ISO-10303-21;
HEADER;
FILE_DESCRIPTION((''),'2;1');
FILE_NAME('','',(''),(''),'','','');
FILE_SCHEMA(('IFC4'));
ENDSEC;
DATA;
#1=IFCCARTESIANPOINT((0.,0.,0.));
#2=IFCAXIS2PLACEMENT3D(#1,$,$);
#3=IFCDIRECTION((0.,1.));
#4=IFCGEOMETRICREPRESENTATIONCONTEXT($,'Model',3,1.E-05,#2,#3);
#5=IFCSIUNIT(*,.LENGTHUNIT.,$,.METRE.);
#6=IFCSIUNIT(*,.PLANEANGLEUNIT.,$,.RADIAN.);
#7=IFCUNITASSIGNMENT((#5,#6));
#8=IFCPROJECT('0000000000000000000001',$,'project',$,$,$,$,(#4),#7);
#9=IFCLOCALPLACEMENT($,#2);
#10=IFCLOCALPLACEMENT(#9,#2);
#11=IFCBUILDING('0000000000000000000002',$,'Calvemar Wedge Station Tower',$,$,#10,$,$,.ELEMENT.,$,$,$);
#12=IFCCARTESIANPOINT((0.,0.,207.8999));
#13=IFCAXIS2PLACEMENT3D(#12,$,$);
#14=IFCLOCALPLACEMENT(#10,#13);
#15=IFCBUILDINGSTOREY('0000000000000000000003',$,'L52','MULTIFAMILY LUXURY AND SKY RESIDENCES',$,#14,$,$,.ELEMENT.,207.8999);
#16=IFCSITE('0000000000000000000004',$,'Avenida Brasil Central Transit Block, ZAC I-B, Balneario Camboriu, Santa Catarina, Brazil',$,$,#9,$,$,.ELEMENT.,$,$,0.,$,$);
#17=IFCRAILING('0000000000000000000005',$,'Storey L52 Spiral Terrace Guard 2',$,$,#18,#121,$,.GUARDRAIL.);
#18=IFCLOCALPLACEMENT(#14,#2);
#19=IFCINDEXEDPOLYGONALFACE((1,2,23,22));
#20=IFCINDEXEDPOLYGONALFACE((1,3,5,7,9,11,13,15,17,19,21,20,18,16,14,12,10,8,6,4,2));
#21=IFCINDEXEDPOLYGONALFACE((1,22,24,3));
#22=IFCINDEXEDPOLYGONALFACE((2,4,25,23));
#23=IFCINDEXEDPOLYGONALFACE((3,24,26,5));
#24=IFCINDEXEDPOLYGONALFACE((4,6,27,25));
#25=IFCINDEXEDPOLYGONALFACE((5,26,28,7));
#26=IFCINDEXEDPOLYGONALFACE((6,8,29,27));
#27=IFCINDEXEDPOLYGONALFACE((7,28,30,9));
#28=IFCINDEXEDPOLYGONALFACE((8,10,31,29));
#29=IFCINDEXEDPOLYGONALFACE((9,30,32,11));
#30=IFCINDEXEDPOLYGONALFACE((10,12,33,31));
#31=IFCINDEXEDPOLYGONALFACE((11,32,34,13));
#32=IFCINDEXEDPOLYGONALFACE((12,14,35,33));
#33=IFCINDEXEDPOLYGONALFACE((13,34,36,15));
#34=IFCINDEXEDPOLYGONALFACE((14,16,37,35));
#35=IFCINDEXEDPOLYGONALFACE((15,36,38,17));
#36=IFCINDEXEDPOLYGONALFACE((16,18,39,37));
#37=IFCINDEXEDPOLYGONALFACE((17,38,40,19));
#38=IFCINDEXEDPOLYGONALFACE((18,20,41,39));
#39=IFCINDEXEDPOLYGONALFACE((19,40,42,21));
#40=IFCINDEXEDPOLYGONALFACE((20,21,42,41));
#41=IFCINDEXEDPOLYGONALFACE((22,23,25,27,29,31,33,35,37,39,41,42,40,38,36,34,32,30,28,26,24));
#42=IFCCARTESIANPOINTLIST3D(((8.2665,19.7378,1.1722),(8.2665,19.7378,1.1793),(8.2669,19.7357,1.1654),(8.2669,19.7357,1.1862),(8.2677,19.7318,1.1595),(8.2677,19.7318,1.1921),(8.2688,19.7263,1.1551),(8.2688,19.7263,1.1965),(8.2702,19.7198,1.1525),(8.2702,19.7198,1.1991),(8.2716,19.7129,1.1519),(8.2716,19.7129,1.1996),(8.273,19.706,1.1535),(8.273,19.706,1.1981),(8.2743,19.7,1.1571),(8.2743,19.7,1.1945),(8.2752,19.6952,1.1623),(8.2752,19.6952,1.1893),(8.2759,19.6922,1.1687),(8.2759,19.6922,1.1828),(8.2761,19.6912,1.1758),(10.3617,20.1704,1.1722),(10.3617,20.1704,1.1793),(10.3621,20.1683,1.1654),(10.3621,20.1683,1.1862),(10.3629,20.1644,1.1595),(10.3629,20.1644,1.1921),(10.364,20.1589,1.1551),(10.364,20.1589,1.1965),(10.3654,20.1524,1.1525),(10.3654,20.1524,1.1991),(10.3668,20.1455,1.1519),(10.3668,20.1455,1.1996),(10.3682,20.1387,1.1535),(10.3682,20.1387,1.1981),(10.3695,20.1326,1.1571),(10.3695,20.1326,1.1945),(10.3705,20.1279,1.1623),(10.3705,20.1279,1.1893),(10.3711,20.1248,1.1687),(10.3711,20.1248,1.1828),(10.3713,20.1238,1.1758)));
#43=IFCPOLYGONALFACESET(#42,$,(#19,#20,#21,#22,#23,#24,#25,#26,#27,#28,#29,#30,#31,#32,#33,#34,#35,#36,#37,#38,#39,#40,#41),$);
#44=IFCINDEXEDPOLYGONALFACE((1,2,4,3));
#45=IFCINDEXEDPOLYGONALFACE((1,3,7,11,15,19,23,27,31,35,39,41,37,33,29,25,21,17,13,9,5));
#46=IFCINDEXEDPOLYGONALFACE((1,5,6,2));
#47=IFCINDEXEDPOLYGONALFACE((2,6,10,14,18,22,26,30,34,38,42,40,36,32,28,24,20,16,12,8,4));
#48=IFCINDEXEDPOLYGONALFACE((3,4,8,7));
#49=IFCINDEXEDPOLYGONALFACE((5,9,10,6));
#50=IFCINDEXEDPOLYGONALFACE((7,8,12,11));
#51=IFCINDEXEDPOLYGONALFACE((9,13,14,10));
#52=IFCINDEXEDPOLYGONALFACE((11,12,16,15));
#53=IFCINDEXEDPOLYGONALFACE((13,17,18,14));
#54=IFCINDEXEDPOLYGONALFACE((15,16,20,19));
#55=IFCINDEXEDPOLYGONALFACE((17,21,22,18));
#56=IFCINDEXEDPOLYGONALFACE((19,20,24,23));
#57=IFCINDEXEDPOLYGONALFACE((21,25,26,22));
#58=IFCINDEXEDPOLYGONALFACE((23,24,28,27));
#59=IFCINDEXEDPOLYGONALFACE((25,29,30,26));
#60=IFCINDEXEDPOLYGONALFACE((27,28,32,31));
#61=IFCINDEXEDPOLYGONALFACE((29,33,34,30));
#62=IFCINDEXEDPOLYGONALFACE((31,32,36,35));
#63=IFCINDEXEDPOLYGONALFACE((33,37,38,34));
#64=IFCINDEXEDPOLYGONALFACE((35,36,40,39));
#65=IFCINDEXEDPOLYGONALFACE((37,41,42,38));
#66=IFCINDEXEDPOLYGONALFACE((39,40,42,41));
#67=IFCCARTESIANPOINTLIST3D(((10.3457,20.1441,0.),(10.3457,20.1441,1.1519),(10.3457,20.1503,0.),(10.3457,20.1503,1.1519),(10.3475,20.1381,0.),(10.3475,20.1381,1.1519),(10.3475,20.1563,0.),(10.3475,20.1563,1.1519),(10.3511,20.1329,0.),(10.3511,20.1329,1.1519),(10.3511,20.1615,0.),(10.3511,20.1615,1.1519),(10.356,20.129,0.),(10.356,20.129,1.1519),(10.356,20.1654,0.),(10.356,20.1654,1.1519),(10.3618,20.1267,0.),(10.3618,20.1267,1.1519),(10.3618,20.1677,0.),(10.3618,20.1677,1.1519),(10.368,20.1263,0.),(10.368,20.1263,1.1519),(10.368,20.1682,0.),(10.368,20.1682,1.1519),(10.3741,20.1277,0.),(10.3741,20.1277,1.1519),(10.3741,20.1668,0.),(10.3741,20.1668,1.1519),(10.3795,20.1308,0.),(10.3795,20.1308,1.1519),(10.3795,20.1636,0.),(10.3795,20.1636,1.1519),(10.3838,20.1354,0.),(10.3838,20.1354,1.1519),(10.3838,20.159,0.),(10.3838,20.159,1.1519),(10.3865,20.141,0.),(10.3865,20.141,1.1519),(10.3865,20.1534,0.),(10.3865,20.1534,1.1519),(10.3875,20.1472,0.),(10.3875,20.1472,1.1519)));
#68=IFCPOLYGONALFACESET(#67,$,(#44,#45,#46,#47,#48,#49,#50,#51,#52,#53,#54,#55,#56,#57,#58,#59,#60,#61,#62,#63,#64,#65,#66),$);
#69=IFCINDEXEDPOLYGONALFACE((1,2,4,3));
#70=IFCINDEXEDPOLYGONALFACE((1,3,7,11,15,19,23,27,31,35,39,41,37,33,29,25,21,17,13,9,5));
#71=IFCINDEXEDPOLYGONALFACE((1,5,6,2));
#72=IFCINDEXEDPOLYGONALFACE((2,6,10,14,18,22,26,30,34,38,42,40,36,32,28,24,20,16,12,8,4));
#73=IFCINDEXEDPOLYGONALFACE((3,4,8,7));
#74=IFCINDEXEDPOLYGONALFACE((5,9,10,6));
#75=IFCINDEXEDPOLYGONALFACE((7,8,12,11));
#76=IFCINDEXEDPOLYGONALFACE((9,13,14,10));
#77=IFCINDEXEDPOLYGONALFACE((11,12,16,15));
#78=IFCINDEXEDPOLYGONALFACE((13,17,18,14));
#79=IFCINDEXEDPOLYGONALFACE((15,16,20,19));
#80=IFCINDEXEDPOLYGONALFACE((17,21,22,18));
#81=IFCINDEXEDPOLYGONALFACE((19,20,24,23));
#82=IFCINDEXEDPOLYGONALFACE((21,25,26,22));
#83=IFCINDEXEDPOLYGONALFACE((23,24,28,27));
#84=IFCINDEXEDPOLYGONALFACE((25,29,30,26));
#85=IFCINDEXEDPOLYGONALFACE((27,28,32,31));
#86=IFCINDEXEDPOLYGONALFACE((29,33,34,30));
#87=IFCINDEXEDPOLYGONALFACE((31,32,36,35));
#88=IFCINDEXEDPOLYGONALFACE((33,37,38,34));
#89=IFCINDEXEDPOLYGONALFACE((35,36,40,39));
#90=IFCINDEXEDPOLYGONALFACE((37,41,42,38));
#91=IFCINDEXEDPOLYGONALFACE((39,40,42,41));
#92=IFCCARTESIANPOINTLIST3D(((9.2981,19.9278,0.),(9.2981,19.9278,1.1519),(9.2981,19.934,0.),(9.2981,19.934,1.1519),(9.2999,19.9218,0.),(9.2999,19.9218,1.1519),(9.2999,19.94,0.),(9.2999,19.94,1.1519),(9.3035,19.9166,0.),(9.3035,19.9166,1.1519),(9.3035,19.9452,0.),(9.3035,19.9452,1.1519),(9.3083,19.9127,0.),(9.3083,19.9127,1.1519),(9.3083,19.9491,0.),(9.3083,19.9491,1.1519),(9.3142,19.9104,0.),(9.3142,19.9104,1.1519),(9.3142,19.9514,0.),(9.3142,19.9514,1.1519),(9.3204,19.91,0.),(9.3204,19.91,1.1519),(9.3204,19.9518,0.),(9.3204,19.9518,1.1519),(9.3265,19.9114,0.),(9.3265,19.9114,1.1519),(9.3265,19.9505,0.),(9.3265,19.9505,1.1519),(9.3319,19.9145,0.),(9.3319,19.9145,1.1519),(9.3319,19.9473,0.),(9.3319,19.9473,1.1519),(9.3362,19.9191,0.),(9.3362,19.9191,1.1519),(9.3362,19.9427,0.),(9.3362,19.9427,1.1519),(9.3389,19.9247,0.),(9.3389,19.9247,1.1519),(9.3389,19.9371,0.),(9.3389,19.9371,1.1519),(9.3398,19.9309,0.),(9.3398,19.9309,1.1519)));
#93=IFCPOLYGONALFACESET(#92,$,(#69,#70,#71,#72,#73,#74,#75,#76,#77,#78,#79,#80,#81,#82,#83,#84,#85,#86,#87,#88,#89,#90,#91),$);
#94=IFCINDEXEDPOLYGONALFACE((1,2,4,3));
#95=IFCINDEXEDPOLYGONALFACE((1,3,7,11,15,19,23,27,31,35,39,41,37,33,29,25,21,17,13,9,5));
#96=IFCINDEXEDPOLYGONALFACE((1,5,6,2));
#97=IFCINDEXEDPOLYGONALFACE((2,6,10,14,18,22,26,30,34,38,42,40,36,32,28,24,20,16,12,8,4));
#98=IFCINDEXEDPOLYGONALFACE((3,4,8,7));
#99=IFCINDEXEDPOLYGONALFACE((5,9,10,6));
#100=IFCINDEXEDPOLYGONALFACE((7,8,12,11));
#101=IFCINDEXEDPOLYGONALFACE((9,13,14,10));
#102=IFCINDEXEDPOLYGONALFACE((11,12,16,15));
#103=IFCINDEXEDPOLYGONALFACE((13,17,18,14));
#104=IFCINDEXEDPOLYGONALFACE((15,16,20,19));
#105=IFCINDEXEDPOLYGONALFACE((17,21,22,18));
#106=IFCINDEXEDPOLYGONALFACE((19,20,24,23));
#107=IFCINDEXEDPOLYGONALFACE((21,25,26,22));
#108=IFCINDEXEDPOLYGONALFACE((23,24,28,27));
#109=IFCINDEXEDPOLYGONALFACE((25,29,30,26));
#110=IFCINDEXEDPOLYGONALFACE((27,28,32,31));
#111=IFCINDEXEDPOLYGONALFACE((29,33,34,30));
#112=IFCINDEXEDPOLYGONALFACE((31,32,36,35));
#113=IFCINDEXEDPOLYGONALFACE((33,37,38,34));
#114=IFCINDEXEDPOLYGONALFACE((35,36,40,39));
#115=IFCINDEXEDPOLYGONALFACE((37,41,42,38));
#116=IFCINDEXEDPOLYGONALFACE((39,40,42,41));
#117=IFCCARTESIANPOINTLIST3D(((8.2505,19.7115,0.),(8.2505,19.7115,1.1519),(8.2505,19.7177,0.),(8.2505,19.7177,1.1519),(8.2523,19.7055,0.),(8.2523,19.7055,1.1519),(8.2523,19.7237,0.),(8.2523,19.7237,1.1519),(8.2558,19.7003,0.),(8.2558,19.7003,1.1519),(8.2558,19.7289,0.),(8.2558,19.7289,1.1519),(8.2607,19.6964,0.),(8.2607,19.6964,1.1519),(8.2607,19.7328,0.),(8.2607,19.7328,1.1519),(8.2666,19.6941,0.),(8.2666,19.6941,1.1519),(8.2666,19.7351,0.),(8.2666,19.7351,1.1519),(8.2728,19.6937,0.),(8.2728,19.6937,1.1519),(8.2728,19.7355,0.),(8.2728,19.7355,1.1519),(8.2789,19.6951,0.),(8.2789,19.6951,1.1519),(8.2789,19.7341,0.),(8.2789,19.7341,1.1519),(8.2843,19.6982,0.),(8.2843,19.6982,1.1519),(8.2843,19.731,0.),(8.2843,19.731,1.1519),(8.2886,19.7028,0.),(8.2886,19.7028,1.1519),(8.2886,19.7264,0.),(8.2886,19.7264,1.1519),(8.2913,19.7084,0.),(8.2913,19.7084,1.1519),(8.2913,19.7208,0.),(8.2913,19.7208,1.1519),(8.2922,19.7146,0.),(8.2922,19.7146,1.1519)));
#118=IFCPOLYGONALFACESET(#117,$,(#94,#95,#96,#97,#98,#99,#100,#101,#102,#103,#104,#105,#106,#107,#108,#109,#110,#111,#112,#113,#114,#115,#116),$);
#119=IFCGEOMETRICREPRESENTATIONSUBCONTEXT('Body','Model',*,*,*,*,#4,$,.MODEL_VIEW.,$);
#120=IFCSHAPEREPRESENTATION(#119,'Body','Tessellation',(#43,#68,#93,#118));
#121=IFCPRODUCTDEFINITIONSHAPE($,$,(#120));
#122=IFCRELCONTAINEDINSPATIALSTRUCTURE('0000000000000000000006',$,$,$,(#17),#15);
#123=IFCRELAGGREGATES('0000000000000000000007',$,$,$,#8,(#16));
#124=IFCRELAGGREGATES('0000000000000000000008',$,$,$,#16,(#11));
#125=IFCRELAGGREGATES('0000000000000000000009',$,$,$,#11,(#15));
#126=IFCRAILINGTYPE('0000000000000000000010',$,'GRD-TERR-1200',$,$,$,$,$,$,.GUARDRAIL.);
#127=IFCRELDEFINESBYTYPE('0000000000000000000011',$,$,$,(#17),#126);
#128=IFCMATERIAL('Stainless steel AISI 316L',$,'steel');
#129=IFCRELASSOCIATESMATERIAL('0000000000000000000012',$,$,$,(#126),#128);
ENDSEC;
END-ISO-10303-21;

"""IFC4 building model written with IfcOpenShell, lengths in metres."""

from ifc_helpers import new_model, si_unit, direction, frame, origin, origin_2d, place, context, subcontext, project, spatial, circle, extrude, material, type_object, element, save


model = new_model("IFC4")

# Units and contexts
model_context = context("Model", 3, precision=1e-05, world=origin(), true_north=direction((0.0, 1.0)))
body_context = subcontext(model_context, "Body", "Model", "MODEL_VIEW")
ifc_project = project(units=[si_unit("LENGTHUNIT", "METRE"), si_unit("PLANEANGLEUNIT", "RADIAN")], contexts=[model_context])

# Site, building, storey
site_placement = place(None, origin())
site = spatial("IfcSite", under=ifc_project, at=site_placement, Name="Avenida Brasil Central Transit Block, ZAC I-B, Balneario Camboriu, Santa Catarina, Brazil", CompositionType="ELEMENT", RefElevation=0.0)
building_placement = place(site_placement, origin())
building = spatial("IfcBuilding", under=site, at=building_placement, Name="Calvemar Wedge Station Tower", CompositionType="ELEMENT")
storey_placement = place(building_placement, frame((0.0, 0.0, 207.8999)))
storey = spatial("IfcBuildingStorey", under=building, at=storey_placement, Name="L52", Description="MULTIFAMILY LUXURY AND SKY RESIDENCES", CompositionType="ELEMENT", Elevation=207.8999)

# Railing
ifc_material_1 = material(Name="Stainless steel AISI 316L", Category="steel")
railing_type = type_object("IfcRailingType", Name="GRD-TERR-1200", PredefinedType="GUARDRAIL", material=ifc_material_1)
railing_1_placement = place(storey_placement, frame((10.3665, 20.1472, 0.0)))
element("IfcRailing", 1, at=railing_1_placement, inside=storey, type_object=railing_type, Name="Storey L52 Spiral Terrace Guard 2", PredefinedType="GUARDRAIL", context=body_context, shape_type="SweptSolid", body=[
    extrude(circle(Radius=0.0239, at=origin_2d()), frame((0.0, 0.0, 1.1758), z_axis=(-0.979342, -0.202213, 0.0), x_axis=(0.202213, -0.979342, 0.0)), (0.0, 0.0, 1.0), 2.1394),
    extrude(circle(Radius=0.021, at=origin_2d()), origin(), (0.0, 0.0, 1.0), 1.1519),
    extrude(circle(Radius=0.021, at=origin_2d()), frame((-1.0476, -0.2163, 0.0)), (0.0, 0.0, 1.0), 1.1519),
    extrude(circle(Radius=0.021, at=origin_2d()), frame((-2.0952, -0.4326, 0.0)), (0.0, 0.0, 1.0), 1.1519),
])

save(model, "model.ifc")
